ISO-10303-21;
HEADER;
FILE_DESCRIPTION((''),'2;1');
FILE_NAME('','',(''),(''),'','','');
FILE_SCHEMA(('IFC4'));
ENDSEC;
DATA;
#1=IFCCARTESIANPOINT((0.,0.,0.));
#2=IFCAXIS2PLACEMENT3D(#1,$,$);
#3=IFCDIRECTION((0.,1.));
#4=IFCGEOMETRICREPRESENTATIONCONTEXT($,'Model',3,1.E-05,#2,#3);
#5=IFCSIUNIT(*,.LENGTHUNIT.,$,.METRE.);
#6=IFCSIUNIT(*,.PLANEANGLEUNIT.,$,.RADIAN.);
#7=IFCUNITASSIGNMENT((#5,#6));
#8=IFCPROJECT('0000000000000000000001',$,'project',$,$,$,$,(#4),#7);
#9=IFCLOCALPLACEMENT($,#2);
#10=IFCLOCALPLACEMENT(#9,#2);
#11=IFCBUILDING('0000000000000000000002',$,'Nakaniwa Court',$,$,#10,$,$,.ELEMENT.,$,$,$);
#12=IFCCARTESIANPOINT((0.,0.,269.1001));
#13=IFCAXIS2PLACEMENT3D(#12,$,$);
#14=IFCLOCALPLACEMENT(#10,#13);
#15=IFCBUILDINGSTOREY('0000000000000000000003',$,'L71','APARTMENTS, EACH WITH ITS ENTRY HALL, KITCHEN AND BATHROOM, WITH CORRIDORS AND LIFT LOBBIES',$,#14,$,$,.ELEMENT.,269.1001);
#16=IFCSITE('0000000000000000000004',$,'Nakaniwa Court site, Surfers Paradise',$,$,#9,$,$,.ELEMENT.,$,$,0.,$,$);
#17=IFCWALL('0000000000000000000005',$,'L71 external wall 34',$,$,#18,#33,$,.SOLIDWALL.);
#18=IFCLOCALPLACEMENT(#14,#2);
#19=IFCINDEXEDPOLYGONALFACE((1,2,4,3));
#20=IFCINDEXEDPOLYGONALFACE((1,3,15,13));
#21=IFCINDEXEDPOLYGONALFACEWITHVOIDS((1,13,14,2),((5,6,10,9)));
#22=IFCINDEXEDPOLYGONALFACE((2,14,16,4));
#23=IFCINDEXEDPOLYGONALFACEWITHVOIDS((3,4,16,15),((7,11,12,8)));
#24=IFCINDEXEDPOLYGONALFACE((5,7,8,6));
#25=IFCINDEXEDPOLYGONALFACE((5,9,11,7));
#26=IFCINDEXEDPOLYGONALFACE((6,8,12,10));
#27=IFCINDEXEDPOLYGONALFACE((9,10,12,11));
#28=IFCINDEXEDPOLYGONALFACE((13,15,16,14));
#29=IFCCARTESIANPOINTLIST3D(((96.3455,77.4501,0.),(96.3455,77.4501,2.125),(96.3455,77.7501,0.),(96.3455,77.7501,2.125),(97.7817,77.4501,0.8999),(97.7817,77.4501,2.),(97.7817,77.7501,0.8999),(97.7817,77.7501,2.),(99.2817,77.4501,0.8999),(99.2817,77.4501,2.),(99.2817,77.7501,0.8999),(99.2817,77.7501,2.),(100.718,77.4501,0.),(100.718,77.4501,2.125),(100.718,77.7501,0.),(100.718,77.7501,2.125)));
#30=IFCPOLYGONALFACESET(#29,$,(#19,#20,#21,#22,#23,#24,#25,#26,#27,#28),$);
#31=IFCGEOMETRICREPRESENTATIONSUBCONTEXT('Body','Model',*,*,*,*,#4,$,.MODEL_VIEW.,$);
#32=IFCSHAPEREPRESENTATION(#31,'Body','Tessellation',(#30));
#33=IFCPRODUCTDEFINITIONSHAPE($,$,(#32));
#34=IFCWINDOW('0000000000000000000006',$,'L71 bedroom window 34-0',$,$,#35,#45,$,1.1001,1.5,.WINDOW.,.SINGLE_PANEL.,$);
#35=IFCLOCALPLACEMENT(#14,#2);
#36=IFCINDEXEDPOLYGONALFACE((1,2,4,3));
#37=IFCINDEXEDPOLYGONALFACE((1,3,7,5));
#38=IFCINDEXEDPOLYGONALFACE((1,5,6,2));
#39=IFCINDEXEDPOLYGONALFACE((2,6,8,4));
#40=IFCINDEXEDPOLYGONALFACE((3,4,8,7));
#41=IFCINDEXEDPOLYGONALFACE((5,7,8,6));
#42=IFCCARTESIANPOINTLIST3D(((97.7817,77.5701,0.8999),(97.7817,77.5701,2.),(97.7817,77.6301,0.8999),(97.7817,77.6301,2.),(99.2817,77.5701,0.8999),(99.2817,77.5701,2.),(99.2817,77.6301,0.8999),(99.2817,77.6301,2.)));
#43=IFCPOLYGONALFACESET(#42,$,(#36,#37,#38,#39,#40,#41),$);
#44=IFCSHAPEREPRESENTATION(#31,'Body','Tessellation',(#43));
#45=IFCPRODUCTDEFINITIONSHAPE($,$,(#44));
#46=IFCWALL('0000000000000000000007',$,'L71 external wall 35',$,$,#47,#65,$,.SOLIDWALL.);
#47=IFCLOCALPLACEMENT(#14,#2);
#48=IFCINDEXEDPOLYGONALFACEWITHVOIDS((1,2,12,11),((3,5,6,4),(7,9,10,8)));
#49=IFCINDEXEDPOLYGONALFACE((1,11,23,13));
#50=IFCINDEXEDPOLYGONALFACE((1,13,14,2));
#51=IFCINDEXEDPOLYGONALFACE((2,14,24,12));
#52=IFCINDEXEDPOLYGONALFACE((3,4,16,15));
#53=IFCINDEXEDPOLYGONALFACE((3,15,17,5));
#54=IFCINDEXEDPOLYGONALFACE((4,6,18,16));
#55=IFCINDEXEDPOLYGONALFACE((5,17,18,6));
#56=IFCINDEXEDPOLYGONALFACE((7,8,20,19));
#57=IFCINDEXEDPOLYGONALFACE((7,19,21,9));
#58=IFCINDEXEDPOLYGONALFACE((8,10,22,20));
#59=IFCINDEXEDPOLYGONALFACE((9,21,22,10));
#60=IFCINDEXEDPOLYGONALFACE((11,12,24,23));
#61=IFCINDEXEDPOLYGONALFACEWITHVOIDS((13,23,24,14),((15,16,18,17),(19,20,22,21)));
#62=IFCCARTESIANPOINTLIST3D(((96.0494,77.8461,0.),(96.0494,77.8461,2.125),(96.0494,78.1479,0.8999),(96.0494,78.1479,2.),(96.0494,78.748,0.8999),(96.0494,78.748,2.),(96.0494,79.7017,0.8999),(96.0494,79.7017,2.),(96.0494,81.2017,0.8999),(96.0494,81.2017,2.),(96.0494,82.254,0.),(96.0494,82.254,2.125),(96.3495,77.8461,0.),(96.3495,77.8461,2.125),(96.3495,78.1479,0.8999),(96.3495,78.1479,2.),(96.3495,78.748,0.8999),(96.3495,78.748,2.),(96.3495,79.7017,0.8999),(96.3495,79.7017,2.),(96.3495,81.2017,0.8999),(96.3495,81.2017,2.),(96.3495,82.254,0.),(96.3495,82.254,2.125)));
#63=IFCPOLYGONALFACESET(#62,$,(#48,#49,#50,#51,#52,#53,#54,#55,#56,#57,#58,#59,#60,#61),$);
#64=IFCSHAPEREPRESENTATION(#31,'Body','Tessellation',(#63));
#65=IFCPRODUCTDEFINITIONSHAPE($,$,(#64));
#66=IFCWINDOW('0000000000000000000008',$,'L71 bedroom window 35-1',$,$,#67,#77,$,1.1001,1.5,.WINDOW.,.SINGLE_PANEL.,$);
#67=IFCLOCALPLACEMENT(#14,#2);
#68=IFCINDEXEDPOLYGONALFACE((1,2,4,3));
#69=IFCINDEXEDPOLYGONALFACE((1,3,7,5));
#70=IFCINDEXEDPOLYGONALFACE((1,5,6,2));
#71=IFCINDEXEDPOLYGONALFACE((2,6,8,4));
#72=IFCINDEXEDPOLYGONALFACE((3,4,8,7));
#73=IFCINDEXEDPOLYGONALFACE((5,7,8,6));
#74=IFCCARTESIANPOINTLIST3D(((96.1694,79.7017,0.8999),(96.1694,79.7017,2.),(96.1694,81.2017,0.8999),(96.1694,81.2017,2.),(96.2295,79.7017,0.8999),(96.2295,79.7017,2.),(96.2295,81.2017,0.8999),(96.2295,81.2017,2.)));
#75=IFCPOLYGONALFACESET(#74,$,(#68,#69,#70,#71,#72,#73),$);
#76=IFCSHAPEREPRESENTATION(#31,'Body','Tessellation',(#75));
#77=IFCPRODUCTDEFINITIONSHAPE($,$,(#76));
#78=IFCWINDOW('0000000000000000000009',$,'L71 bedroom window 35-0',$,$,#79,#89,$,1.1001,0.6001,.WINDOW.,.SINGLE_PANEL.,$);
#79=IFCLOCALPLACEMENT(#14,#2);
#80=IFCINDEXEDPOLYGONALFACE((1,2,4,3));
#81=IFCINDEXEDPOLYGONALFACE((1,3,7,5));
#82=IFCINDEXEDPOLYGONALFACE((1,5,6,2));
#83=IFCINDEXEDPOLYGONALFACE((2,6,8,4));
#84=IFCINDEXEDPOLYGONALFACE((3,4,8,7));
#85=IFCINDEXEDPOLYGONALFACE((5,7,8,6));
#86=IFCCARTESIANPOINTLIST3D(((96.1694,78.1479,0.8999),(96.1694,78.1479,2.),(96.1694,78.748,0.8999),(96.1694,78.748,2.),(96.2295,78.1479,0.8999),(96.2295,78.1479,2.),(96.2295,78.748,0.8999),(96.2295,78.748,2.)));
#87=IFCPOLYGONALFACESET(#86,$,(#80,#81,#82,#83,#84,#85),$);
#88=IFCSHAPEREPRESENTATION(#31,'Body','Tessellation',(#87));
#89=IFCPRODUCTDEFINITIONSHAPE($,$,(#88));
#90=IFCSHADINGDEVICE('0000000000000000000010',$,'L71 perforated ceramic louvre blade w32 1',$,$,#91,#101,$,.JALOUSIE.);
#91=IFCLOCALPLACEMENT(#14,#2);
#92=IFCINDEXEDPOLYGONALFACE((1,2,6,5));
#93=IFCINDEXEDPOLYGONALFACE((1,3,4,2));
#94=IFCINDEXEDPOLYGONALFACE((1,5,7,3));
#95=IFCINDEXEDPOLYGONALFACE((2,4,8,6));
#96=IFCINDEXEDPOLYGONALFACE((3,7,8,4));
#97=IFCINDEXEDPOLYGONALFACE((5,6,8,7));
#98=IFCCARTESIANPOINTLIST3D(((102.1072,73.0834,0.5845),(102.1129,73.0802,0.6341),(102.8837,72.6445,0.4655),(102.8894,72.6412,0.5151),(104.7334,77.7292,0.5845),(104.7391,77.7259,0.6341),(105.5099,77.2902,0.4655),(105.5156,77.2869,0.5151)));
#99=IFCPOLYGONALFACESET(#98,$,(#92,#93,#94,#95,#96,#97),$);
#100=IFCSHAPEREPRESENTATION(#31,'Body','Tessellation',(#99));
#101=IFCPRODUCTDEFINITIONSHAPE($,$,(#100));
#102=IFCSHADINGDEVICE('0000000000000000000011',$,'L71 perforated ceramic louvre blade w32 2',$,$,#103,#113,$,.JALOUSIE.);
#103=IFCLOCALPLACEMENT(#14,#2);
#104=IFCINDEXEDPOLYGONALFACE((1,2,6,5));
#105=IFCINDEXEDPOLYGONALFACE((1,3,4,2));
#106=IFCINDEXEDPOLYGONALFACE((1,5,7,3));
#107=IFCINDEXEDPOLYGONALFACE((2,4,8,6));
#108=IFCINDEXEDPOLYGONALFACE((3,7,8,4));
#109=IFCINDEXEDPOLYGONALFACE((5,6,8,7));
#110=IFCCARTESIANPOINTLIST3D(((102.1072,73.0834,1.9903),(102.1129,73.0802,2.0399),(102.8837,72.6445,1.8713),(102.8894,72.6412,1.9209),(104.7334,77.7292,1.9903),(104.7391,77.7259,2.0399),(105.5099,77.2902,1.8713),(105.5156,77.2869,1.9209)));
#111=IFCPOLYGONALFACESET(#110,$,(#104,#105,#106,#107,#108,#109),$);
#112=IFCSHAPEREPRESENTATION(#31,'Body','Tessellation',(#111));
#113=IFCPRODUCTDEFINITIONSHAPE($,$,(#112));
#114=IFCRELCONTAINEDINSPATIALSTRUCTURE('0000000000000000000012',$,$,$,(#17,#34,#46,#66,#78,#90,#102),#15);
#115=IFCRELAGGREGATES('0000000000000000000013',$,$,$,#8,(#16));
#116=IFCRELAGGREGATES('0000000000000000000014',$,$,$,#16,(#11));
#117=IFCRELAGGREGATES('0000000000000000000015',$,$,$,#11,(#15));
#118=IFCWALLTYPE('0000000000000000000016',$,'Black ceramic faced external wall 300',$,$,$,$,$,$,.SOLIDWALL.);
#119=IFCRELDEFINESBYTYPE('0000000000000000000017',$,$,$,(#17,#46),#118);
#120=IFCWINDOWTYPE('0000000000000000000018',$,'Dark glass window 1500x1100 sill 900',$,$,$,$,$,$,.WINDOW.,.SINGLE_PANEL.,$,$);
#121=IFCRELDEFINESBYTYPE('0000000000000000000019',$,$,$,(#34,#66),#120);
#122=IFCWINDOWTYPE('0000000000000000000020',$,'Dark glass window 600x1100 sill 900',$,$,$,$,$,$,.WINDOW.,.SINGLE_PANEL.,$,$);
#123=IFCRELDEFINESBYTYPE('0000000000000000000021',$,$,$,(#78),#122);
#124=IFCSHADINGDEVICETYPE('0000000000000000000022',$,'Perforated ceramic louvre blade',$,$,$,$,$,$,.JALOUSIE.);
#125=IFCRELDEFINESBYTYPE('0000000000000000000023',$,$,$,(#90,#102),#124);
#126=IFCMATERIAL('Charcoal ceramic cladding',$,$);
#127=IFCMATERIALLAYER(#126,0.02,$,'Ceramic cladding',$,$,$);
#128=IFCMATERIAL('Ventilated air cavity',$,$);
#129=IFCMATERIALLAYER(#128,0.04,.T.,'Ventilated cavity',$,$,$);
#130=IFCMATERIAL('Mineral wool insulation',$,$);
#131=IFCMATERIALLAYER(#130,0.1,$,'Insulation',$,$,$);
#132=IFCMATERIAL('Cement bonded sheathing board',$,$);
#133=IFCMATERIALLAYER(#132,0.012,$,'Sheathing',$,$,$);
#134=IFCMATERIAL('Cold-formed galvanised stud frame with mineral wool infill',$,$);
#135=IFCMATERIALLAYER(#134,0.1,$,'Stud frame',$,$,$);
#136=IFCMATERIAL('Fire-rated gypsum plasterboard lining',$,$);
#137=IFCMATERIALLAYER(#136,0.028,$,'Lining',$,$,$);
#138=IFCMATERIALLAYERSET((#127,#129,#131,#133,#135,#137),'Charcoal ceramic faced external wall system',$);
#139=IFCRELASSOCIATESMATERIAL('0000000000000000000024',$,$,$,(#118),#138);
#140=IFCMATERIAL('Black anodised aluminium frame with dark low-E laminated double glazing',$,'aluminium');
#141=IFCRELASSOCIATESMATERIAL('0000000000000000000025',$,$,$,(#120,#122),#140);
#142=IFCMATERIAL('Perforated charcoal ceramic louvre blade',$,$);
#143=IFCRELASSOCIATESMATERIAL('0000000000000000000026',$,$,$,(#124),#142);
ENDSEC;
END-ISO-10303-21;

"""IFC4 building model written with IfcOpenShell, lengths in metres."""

from ifc_helpers import new_model, si_unit, direction, frame, frame_2d, origin, origin_2d, place, context, subcontext, project, spatial, rectangle, extrude, material, layer, layer_set, material_profile, profile_set, type_object, element, fill, save


model = new_model("IFC4")

# Units and contexts
model_context = context("Model", 3, precision=1e-05, world=origin(), true_north=direction((0.0, 1.0)))
body_context = subcontext(model_context, "Body", "Model", "MODEL_VIEW")
ifc_project = project(units=[si_unit("LENGTHUNIT", "METRE"), si_unit("PLANEANGLEUNIT", "RADIAN")], contexts=[model_context])

# Site, building, storey
site_placement = place(None, origin())
site = spatial("IfcSite", under=ifc_project, at=site_placement, Name="Nakaniwa Court site, Surfers Paradise", CompositionType="ELEMENT", RefElevation=0.0)
building_placement = place(site_placement, origin())
building = spatial("IfcBuilding", under=site, at=building_placement, Name="Nakaniwa Court", CompositionType="ELEMENT")
storey_placement = place(building_placement, frame((0.0, 0.0, 269.1001)))
storey = spatial("IfcBuildingStorey", under=building, at=storey_placement, Name="L71", Description="APARTMENTS, EACH WITH ITS ENTRY HALL, KITCHEN AND BATHROOM, WITH CORRIDORS AND LIFT LOBBIES", CompositionType="ELEMENT", Elevation=269.1001)

# Shared definitions
ifc_material_1 = material(Name="Charcoal ceramic cladding")
ifc_layer_1 = layer(ifc_material_1, 0.02, Name="Ceramic cladding")
ifc_material_2 = material(Name="Ventilated air cavity")
ifc_layer_2 = layer(ifc_material_2, 0.04, ventilated=True, Name="Ventilated cavity")
ifc_material_3 = material(Name="Mineral wool insulation")
ifc_layer_3 = layer(ifc_material_3, 0.1, Name="Insulation")
ifc_material_4 = material(Name="Cement bonded sheathing board")
ifc_layer_4 = layer(ifc_material_4, 0.012, Name="Sheathing")
ifc_material_5 = material(Name="Cold-formed galvanised stud frame with mineral wool infill")
ifc_layer_5 = layer(ifc_material_5, 0.1, Name="Stud frame")
ifc_material_6 = material(Name="Fire-rated gypsum plasterboard lining")
ifc_layer_6 = layer(ifc_material_6, 0.028, Name="Lining")
ifc_layer_set = layer_set([ifc_layer_1, ifc_layer_2, ifc_layer_3, ifc_layer_4, ifc_layer_5, ifc_layer_6], Name="Charcoal ceramic faced external wall system")
wall_type = type_object("IfcWallType", Name="Black ceramic faced external wall 300", PredefinedType="SOLIDWALL", material=ifc_layer_set)
ifc_material_7 = material(Name="Black anodised aluminium frame with dark low-E laminated double glazing", Category="aluminium")
window_type_1 = type_object("IfcWindowType", Name="Dark glass window 1500x1100 sill 900", PartitioningType="SINGLE_PANEL", PredefinedType="WINDOW", material=ifc_material_7)

# Wall, opening, window
wall_1_placement = place(storey_placement, frame((100.718, 77.6001, 0.0), z_axis=(0.0, 0.0, 1.0), x_axis=(-1.0, 0.0, 0.0)))
wall_1 = element("IfcWall", 1, at=wall_1_placement, inside=storey, type_object=wall_type, Name="L71 external wall 34", PredefinedType="SOLIDWALL", context=body_context, shape_type="SweptSolid", body=[
    extrude(rectangle(XDim=4.3726, YDim=0.3, at=frame_2d((2.1863, 0.0))), origin(), (0.0, 0.0, 1.0), 2.125),
])
opening_1_placement = place(wall_1_placement, frame((1.4363, 0.0, 0.8999)))
opening_1 = element("IfcOpeningElement", 2, at=opening_1_placement, cuts=wall_1, PredefinedType="OPENING", context=body_context, shape_type="SweptSolid", body=[
    extrude(rectangle(XDim=1.5, YDim=1.1001, at=frame_2d((0.75, 0.55))), frame((0.0, 0.1599, 0.0), z_axis=(0.0, -1.0, 0.0), x_axis=(1.0, 0.0, 0.0)), (0.0, 0.0, 1.0), 0.3201),
])
window_1_placement = place(opening_1_placement, origin())
window_1 = element("IfcWindow", 3, at=window_1_placement, inside=storey, type_object=window_type_1, Name="L71 bedroom window 34-0", OverallHeight=1.1001, OverallWidth=1.5, PartitioningType="SINGLE_PANEL", PredefinedType="WINDOW", context=body_context, shape_type="SweptSolid", body=[
    extrude(rectangle(XDim=1.5, YDim=1.1001, at=frame_2d((0.75, 0.55))), frame((0.0, 0.03, 0.0), z_axis=(0.0, -1.0, 0.0), x_axis=(1.0, 0.0, 0.0)), (0.0, 0.0, 1.0), 0.0601),
])
fill(opening_1, window_1)

# Wall, openings, windows
wall_2_placement = place(storey_placement, frame((96.1995, 77.8459, 0.0), z_axis=(0.0, 0.0, 1.0), x_axis=(0.0, 1.0, 0.0)))
wall_2 = element("IfcWall", 4, at=wall_2_placement, inside=storey, type_object=wall_type, Name="L71 external wall 35", PredefinedType="SOLIDWALL", context=body_context, shape_type="SweptSolid", body=[
    extrude(rectangle(XDim=4.408, YDim=0.3, at=frame_2d((2.2041, 0.0))), origin(), (0.0, 0.0, 1.0), 2.125),
])
opening_2_placement = place(wall_2_placement, frame((0.302, 0.0, 0.8999)))
opening_2 = element("IfcOpeningElement", 5, at=opening_2_placement, cuts=wall_2, PredefinedType="OPENING", context=body_context, shape_type="SweptSolid", body=[
    extrude(rectangle(XDim=0.6001, YDim=1.1001, at=frame_2d((0.3, 0.55))), frame((0.0, 0.1599, 0.0), z_axis=(0.0, -1.0, 0.0), x_axis=(1.0, 0.0, 0.0)), (0.0, 0.0, 1.0), 0.3201),
])
opening_3_placement = place(wall_2_placement, frame((1.8557, 0.0, 0.8999)))
opening_3 = element("IfcOpeningElement", 6, at=opening_3_placement, cuts=wall_2, PredefinedType="OPENING", context=body_context, shape_type="SweptSolid", body=[
    extrude(rectangle(XDim=1.5, YDim=1.1001, at=frame_2d((0.75, 0.55))), frame((0.0, 0.1599, 0.0), z_axis=(0.0, -1.0, 0.0), x_axis=(1.0, 0.0, 0.0)), (0.0, 0.0, 1.0), 0.3201),
])
window_2_placement = place(opening_3_placement, origin())
window_2 = element("IfcWindow", 7, at=window_2_placement, inside=storey, type_object=window_type_1, Name="L71 bedroom window 35-1", OverallHeight=1.1001, OverallWidth=1.5, PartitioningType="SINGLE_PANEL", PredefinedType="WINDOW", context=body_context, shape_type="SweptSolid", body=[
    extrude(rectangle(XDim=1.5, YDim=1.1001, at=frame_2d((0.75, 0.55))), frame((0.0, 0.03, 0.0), z_axis=(0.0, -1.0, 0.0), x_axis=(1.0, 0.0, 0.0)), (0.0, 0.0, 1.0), 0.0601),
])
fill(opening_3, window_2)
window_type_2 = type_object("IfcWindowType", Name="Dark glass window 600x1100 sill 900", PartitioningType="SINGLE_PANEL", PredefinedType="WINDOW", material=ifc_material_7)
window_3_placement = place(opening_2_placement, origin())
window_3 = element("IfcWindow", 8, at=window_3_placement, inside=storey, type_object=window_type_2, Name="L71 bedroom window 35-0", OverallHeight=1.1001, OverallWidth=0.6001, PartitioningType="SINGLE_PANEL", PredefinedType="WINDOW", context=body_context, shape_type="SweptSolid", body=[
    extrude(rectangle(XDim=0.6001, YDim=1.1001, at=frame_2d((0.3, 0.55))), frame((0.0, 0.03, 0.0), z_axis=(0.0, -1.0, 0.0), x_axis=(1.0, 0.0, 0.0)), (0.0, 0.0, 1.0), 0.0601),
])
fill(opening_2, window_3)

# Shading devices
ifc_material_8 = material(Name="Perforated charcoal ceramic louvre blade")
ifc_material_profile_1 = material_profile(ifc_material_8, rectangle(XDim=0.8999, YDim=0.05, at=origin_2d()), Name="Perforated ceramic louvre blade")
ifc_profile_set_1 = profile_set([ifc_material_profile_1], Name="Perforated charcoal ceramic louvre blade")
shading_device_type = type_object("IfcShadingDeviceType", Name="Perforated ceramic louvre blade", PredefinedType="JALOUSIE", material=ifc_profile_set_1)
for number, where, z_axis, x_axis, name in (
    (9, (102.4983, 72.8623, 0.5498), (0.492109, 0.870534, 0.0), (-0.862887, 0.487786, 0.132256), "L71 perforated ceramic louvre blade w32 1"),
    (10, (102.4983, 72.8623, 1.9556), (0.492109, 0.870534, 0.0), (-0.862887, 0.487786, 0.132256), "L71 perforated ceramic louvre blade w32 2"),
):
    element("IfcShadingDevice", number, at=place(storey_placement, frame(where, z_axis=z_axis, x_axis=x_axis)), inside=storey, type_object=shading_device_type, Name=name, PredefinedType="JALOUSIE", context=body_context, shape_type="SweptSolid", body=[
        extrude(rectangle(XDim=0.8999, YDim=0.05, at=origin_2d()), origin(), (0.0, 0.0, 1.0), 5.3367),
    ])

save(model, "model.ifc")
